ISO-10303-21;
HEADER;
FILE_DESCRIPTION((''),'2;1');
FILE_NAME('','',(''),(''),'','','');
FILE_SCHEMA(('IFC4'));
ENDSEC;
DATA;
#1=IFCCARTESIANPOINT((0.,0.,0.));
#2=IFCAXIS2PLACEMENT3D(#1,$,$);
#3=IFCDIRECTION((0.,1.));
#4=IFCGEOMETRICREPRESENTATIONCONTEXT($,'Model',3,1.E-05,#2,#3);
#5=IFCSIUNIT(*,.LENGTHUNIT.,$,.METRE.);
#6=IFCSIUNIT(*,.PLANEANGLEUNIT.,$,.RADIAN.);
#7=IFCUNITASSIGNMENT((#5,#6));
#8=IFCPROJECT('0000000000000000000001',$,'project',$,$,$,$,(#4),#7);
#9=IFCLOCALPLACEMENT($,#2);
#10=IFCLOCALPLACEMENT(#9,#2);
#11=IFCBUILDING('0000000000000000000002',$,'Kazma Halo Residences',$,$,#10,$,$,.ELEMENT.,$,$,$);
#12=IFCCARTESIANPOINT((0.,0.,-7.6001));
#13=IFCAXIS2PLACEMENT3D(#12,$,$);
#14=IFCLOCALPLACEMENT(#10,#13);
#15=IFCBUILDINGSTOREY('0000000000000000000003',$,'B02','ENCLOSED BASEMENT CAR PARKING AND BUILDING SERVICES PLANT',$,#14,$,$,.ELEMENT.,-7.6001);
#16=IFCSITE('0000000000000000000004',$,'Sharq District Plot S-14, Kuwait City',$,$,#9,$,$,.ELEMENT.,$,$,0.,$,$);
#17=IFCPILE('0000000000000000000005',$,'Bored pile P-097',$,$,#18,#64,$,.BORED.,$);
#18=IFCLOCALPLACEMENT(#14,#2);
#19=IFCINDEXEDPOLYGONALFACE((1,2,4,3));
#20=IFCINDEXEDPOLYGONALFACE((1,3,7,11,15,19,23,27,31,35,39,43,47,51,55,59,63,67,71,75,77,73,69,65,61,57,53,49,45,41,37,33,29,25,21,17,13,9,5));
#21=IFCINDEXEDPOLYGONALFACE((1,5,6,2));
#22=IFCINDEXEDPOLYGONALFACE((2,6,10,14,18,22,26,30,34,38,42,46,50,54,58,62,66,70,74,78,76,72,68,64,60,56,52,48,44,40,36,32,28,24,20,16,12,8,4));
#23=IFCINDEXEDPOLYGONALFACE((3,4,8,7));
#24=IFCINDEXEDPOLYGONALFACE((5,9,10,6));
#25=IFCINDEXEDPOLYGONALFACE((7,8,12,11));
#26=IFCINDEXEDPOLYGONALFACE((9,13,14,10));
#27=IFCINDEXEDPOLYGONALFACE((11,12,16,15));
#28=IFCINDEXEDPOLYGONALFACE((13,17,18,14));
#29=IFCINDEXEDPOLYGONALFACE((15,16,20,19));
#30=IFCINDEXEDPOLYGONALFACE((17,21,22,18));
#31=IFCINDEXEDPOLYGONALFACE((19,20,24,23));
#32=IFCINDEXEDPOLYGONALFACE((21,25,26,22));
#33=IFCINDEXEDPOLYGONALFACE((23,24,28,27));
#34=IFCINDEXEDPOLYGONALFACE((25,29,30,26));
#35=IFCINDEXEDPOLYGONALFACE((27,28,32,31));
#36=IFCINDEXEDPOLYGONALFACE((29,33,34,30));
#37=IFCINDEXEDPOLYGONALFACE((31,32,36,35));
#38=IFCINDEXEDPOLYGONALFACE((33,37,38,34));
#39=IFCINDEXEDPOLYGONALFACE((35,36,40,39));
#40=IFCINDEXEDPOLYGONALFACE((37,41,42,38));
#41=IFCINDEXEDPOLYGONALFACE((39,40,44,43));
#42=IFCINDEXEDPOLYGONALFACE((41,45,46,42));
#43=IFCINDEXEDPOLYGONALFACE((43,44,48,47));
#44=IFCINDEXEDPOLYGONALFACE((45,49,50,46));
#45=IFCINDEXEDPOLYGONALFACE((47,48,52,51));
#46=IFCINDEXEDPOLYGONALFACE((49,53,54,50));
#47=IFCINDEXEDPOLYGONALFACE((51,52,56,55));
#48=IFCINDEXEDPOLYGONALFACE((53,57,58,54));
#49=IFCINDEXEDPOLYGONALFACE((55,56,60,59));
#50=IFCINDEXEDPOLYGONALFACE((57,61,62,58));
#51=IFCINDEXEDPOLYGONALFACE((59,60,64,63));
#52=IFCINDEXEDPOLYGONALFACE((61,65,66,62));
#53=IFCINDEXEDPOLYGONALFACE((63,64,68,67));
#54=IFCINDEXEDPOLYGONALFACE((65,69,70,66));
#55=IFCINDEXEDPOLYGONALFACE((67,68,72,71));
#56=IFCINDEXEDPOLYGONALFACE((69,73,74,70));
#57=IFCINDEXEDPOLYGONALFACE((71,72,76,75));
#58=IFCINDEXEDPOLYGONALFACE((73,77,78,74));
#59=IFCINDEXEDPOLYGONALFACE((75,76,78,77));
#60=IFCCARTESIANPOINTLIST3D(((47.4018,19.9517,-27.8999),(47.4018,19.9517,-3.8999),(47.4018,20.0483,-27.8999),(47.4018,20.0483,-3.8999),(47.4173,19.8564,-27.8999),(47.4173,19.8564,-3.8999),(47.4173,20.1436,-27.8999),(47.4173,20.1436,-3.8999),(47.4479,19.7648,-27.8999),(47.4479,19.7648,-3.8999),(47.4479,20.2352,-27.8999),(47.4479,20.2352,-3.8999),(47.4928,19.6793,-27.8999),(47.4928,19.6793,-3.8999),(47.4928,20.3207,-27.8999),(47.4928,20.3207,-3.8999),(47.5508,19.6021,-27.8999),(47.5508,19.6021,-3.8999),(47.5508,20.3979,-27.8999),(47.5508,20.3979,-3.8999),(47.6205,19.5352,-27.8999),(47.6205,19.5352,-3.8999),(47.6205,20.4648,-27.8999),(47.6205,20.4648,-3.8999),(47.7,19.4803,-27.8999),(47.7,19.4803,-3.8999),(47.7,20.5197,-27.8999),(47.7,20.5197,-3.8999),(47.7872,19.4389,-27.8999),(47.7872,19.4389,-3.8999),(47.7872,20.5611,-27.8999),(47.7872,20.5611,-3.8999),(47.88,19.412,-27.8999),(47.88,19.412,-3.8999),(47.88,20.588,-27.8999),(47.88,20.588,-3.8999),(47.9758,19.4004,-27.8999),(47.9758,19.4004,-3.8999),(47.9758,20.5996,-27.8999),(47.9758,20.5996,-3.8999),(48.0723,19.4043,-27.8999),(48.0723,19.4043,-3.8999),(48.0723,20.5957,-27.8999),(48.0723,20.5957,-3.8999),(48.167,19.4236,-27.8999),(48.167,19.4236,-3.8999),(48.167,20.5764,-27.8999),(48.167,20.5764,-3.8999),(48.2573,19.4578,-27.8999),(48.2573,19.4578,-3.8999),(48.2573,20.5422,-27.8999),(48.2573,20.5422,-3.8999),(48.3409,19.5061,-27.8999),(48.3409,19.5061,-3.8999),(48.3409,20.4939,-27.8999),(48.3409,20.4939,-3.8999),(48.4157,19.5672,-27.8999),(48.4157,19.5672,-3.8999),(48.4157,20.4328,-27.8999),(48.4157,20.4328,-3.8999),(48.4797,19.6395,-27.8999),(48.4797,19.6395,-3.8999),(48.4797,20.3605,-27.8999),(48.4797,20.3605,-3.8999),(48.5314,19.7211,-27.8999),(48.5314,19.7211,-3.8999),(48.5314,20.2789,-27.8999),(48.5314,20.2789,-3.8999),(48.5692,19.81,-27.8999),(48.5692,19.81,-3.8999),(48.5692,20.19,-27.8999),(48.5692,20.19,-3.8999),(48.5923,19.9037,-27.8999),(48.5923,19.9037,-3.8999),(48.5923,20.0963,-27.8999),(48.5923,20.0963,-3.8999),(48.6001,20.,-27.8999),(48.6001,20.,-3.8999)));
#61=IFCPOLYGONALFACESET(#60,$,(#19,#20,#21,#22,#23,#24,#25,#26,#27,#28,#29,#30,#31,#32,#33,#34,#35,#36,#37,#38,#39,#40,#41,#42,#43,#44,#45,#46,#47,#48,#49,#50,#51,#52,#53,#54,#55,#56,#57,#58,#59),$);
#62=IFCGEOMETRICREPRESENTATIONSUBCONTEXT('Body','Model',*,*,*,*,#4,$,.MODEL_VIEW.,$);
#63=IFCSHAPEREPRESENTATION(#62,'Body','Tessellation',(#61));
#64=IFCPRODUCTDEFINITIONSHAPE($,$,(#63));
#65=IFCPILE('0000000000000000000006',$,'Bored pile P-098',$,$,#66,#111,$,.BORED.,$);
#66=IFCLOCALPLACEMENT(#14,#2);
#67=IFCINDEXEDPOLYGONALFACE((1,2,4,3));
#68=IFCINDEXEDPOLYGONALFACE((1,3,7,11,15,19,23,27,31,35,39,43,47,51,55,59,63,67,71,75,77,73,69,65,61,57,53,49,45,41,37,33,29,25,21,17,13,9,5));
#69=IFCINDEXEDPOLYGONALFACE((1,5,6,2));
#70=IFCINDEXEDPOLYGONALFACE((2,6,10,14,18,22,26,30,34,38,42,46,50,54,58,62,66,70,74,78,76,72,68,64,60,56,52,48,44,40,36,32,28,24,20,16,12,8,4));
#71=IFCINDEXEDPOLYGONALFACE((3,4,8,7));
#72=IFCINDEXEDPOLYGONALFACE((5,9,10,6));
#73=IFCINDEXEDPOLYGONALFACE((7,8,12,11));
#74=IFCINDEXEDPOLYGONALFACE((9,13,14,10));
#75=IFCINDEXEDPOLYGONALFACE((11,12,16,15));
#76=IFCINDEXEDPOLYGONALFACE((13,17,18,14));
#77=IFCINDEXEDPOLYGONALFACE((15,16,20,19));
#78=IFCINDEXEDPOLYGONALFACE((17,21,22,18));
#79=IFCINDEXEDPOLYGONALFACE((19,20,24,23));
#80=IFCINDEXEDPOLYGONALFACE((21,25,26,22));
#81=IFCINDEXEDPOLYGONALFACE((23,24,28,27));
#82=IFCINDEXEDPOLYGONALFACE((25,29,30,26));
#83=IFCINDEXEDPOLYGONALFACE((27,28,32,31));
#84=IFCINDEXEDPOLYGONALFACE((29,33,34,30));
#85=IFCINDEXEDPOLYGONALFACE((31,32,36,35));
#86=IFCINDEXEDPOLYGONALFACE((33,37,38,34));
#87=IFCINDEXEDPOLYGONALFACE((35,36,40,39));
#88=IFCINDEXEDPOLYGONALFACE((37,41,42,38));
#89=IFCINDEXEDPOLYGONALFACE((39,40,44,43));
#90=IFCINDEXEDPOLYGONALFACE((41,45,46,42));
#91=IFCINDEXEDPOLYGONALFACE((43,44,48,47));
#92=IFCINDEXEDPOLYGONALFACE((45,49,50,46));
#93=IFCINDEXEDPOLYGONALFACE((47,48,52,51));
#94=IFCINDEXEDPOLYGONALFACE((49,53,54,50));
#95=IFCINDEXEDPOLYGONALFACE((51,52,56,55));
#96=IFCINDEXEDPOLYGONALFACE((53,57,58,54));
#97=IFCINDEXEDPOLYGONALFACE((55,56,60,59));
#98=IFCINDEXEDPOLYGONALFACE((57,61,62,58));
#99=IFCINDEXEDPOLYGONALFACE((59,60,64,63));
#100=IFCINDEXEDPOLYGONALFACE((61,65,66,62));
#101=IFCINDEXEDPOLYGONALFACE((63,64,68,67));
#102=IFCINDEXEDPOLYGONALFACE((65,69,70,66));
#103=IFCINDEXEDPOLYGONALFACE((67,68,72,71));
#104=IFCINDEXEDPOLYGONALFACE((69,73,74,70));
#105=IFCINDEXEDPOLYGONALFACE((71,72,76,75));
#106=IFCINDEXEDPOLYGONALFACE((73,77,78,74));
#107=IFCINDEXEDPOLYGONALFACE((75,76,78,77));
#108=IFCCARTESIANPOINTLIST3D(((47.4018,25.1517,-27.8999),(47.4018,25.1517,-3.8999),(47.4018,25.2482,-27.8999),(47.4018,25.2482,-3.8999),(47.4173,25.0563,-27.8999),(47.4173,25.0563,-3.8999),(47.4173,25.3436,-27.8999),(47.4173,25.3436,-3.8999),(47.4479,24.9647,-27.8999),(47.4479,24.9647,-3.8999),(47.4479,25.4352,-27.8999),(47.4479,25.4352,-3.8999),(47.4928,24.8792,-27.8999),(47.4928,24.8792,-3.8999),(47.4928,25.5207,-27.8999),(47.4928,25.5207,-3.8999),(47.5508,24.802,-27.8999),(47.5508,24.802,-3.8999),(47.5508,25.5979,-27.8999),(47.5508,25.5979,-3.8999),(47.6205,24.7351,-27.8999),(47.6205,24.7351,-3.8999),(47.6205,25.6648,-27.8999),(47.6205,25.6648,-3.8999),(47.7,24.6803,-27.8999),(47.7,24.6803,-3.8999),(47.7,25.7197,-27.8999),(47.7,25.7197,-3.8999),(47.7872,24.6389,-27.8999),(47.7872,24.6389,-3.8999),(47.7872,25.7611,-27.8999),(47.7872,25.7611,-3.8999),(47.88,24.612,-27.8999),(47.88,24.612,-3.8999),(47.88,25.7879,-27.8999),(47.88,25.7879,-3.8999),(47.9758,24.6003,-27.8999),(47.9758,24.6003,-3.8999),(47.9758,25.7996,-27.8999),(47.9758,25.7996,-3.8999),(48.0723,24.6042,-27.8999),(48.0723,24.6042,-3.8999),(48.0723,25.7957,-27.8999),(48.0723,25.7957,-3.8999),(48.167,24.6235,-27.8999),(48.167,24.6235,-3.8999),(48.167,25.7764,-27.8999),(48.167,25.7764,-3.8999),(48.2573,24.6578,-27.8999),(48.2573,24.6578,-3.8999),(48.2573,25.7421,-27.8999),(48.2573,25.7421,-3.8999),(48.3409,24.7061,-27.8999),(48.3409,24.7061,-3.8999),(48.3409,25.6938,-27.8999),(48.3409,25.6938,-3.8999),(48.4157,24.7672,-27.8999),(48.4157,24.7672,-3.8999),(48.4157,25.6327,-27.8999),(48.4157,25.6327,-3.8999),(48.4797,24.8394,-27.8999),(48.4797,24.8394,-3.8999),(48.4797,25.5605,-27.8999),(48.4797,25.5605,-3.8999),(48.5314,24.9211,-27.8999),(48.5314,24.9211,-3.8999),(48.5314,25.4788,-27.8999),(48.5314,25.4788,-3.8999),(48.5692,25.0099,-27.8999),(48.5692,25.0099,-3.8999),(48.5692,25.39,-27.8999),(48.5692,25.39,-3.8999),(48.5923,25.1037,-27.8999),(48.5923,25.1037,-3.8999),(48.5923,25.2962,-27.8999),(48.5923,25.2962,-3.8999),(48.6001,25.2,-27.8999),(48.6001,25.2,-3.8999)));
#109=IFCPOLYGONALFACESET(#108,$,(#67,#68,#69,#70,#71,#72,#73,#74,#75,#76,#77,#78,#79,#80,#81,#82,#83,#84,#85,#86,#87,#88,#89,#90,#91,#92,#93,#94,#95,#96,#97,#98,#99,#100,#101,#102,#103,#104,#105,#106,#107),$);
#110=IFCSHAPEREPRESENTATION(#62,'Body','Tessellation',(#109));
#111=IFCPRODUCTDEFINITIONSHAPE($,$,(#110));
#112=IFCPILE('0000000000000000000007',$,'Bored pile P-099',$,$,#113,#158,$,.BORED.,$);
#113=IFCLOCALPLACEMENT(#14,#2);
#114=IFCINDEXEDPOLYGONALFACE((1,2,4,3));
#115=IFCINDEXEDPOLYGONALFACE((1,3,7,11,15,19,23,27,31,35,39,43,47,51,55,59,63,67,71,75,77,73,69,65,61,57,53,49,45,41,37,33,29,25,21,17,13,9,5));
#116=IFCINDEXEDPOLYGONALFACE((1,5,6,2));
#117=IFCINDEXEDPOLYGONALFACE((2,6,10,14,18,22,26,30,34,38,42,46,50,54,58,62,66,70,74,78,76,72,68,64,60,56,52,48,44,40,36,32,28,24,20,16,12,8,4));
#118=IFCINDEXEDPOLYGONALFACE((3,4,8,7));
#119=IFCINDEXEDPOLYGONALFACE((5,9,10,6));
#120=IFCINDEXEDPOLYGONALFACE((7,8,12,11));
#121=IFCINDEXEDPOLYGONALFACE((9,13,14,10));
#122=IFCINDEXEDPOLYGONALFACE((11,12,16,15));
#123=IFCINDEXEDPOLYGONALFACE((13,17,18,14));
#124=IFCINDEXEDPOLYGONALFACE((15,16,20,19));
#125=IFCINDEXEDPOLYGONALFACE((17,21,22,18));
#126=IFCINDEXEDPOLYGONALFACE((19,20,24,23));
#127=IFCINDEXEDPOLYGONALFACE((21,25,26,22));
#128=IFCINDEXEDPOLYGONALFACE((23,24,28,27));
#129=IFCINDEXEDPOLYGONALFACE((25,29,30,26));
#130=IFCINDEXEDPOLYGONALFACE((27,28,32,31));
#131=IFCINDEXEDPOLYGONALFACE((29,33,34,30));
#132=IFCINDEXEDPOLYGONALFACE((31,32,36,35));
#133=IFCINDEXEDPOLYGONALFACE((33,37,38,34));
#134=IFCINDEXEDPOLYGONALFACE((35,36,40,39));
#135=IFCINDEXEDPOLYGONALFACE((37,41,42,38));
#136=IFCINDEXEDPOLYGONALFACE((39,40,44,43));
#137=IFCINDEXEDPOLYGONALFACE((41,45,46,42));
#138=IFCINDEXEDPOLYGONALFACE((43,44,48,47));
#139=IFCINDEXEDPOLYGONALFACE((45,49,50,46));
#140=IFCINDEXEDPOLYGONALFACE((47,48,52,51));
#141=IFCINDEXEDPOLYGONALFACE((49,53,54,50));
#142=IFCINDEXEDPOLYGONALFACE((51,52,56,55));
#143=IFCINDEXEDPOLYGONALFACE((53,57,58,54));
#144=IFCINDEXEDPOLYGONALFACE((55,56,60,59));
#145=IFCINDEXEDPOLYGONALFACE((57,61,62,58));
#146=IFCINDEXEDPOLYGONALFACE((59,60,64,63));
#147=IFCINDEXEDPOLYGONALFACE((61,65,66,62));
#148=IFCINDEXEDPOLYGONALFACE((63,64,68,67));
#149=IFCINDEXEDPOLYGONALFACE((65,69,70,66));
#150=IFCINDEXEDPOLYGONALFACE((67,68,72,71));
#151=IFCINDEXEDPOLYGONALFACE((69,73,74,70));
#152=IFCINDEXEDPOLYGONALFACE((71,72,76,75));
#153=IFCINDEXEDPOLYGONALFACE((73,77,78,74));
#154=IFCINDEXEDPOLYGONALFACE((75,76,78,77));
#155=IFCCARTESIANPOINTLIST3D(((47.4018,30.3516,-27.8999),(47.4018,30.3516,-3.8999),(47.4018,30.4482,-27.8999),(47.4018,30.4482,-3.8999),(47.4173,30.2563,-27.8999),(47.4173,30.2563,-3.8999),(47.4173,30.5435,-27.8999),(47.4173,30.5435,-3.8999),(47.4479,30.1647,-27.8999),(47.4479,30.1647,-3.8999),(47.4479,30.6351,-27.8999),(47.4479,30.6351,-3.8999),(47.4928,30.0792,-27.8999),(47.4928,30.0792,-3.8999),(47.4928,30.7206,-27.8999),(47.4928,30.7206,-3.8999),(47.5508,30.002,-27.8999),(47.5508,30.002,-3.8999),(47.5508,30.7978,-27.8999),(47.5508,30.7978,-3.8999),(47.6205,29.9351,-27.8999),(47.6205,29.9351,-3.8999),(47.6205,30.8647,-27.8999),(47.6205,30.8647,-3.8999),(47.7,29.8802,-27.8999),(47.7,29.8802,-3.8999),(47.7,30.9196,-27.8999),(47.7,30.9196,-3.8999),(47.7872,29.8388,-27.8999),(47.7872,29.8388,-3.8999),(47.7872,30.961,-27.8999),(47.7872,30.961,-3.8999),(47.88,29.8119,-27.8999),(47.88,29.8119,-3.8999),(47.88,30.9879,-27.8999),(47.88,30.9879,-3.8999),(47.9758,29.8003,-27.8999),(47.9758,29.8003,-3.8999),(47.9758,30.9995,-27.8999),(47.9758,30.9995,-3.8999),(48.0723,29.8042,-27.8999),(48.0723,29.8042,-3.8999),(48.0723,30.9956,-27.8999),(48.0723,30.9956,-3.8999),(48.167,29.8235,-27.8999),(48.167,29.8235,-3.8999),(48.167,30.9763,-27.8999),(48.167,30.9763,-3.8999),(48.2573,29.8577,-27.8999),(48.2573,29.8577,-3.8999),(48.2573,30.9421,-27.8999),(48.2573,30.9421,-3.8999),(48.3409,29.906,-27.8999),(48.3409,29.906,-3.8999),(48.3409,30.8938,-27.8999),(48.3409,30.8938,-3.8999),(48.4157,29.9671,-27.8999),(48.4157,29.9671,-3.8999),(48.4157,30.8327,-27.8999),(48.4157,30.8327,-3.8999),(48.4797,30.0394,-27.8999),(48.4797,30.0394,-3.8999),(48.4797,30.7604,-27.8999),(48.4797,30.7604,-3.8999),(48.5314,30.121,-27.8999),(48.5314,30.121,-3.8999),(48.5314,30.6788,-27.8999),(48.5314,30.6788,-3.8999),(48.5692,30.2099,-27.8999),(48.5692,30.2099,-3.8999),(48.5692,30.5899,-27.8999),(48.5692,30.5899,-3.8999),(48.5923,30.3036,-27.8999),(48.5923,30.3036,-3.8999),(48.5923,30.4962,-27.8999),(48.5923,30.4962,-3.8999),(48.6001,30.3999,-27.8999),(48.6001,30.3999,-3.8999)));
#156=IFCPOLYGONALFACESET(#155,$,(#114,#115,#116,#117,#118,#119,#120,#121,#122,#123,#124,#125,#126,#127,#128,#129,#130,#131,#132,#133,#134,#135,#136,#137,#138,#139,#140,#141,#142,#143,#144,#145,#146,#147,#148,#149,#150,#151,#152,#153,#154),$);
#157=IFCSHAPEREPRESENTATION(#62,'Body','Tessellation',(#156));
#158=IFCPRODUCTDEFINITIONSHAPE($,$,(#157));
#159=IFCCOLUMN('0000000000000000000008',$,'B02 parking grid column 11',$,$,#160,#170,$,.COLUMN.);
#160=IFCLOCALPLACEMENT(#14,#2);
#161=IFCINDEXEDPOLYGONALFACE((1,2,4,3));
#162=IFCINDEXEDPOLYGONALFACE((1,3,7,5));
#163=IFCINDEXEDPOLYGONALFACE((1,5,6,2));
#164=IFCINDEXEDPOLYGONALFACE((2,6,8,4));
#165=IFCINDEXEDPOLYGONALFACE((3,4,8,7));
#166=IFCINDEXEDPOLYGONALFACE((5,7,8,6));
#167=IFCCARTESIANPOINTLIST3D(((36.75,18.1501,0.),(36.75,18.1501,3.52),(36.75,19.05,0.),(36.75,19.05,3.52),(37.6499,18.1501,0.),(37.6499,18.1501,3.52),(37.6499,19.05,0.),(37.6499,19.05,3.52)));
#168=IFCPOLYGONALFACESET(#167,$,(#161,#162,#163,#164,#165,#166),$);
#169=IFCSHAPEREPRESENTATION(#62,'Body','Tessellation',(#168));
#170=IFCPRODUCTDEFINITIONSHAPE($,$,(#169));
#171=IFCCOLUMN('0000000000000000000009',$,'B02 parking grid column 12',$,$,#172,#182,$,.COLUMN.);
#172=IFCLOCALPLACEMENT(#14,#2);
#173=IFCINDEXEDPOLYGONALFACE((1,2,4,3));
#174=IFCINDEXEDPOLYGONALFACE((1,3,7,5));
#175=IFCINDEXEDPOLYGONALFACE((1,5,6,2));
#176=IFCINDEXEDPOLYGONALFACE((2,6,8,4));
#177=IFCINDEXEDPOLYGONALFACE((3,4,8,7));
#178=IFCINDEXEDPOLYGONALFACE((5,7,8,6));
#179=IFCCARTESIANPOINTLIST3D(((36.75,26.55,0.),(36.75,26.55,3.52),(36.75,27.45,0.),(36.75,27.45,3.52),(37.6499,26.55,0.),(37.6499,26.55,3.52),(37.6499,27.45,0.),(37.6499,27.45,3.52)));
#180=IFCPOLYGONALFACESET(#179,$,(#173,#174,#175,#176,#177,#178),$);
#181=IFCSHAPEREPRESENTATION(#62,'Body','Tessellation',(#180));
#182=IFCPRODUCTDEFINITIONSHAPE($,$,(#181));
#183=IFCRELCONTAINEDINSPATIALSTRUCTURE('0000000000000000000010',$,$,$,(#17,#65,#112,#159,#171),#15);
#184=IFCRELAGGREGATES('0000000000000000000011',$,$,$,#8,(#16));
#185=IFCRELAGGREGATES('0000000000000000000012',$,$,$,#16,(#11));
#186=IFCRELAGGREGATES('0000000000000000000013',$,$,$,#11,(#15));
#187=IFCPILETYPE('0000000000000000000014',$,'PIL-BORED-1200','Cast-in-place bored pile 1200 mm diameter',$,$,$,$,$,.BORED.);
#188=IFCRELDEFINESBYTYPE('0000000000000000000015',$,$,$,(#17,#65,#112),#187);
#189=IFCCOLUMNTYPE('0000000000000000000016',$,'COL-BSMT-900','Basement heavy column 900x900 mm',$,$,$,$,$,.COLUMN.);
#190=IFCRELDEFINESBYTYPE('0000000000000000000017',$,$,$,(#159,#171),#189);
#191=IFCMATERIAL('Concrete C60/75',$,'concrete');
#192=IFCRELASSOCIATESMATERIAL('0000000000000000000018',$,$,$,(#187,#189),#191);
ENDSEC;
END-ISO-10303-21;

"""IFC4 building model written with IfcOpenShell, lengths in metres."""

from ifc_helpers import new_model, si_unit, direction, frame, origin, origin_2d, place, context, subcontext, project, spatial, rectangle, circle, extrude, material, material_profile, profile_set, type_object, element, save


model = new_model("IFC4")

# Units and contexts
model_context = context("Model", 3, precision=1e-05, world=origin(), true_north=direction((0.0, 1.0)))
body_context = subcontext(model_context, "Body", "Model", "MODEL_VIEW")
ifc_project = project(units=[si_unit("LENGTHUNIT", "METRE"), si_unit("PLANEANGLEUNIT", "RADIAN")], contexts=[model_context])

# Site, building, storey
site_placement = place(None, origin())
site = spatial("IfcSite", under=ifc_project, at=site_placement, Name="Sharq District Plot S-14, Kuwait City", CompositionType="ELEMENT", RefElevation=0.0)
building_placement = place(site_placement, origin())
building = spatial("IfcBuilding", under=site, at=building_placement, Name="Kazma Halo Residences", CompositionType="ELEMENT")
storey_placement = place(building_placement, frame((0.0, 0.0, -7.6001)))
storey = spatial("IfcBuildingStorey", under=building, at=storey_placement, Name="B02", Description="ENCLOSED BASEMENT CAR PARKING AND BUILDING SERVICES PLANT", CompositionType="ELEMENT", Elevation=-7.6001)

# Piles
ifc_material_1 = material(Name="Concrete C60/75", Category="concrete")
ifc_material_profile_1 = material_profile(ifc_material_1, circle(Radius=0.6001, at=origin_2d()), Name="CIRC1200")
ifc_profile_set_1 = profile_set([ifc_material_profile_1], Name="Concrete C60/75")
pile_type = type_object("IfcPileType", Name="PIL-BORED-1200", Description="Cast-in-place bored pile 1200 mm diameter", PredefinedType="BORED", material=ifc_profile_set_1)
for number, where, z_axis, x_axis, name in (
    (1, (48.0, 20.0, -3.8999), (0.0, 0.0, -1.0), (1.0, 0.0, 0.0), "Bored pile P-097"),
    (2, (48.0, 25.2, -3.8999), (0.0, 0.0, -1.0), (1.0, 0.0, 0.0), "Bored pile P-098"),
    (3, (48.0, 30.3999, -3.8999), (0.0, 0.0, -1.0), (1.0, 0.0, 0.0), "Bored pile P-099"),
):
    element("IfcPile", number, at=place(storey_placement, frame(where, z_axis=z_axis, x_axis=x_axis)), inside=storey, type_object=pile_type, Name=name, PredefinedType="BORED", context=body_context, shape_type="SweptSolid", body=[
        extrude(circle(Radius=0.6001, at=origin_2d()), origin(), (0.0, 0.0, 1.0), 24.0),
    ])

# Columns
ifc_material_profile_2 = material_profile(ifc_material_1, rectangle(XDim=0.8999, YDim=0.8999, at=origin_2d()), Name="RECT900x900")
ifc_profile_set_2 = profile_set([ifc_material_profile_2], Name="Concrete C60/75")
column_type_1 = type_object("IfcColumnType", Name="COL-BSMT-900", Description="Basement heavy column 900x900 mm", PredefinedType="COLUMN", material=ifc_profile_set_2)
for number, where, z_axis, x_axis, name in (
    (4, (37.2, 18.6001, 0.0), (0.0, 0.0, 1.0), (1.0, 0.0, 0.0), "B02 parking grid column 11"),
    (5, (37.2, 27.0, 0.0), (0.0, 0.0, 1.0), (1.0, 0.0, 0.0), "B02 parking grid column 12"),
):
    element("IfcColumn", number, at=place(storey_placement, frame(where, z_axis=z_axis, x_axis=x_axis)), inside=storey, type_object=column_type_1, Name=name, PredefinedType="COLUMN", context=body_context, shape_type="SweptSolid", body=[
        extrude(rectangle(XDim=0.8999, YDim=0.8999, at=origin_2d()), origin(), (0.0, 0.0, 1.0), 3.52),
    ])

save(model, "model.ifc")
